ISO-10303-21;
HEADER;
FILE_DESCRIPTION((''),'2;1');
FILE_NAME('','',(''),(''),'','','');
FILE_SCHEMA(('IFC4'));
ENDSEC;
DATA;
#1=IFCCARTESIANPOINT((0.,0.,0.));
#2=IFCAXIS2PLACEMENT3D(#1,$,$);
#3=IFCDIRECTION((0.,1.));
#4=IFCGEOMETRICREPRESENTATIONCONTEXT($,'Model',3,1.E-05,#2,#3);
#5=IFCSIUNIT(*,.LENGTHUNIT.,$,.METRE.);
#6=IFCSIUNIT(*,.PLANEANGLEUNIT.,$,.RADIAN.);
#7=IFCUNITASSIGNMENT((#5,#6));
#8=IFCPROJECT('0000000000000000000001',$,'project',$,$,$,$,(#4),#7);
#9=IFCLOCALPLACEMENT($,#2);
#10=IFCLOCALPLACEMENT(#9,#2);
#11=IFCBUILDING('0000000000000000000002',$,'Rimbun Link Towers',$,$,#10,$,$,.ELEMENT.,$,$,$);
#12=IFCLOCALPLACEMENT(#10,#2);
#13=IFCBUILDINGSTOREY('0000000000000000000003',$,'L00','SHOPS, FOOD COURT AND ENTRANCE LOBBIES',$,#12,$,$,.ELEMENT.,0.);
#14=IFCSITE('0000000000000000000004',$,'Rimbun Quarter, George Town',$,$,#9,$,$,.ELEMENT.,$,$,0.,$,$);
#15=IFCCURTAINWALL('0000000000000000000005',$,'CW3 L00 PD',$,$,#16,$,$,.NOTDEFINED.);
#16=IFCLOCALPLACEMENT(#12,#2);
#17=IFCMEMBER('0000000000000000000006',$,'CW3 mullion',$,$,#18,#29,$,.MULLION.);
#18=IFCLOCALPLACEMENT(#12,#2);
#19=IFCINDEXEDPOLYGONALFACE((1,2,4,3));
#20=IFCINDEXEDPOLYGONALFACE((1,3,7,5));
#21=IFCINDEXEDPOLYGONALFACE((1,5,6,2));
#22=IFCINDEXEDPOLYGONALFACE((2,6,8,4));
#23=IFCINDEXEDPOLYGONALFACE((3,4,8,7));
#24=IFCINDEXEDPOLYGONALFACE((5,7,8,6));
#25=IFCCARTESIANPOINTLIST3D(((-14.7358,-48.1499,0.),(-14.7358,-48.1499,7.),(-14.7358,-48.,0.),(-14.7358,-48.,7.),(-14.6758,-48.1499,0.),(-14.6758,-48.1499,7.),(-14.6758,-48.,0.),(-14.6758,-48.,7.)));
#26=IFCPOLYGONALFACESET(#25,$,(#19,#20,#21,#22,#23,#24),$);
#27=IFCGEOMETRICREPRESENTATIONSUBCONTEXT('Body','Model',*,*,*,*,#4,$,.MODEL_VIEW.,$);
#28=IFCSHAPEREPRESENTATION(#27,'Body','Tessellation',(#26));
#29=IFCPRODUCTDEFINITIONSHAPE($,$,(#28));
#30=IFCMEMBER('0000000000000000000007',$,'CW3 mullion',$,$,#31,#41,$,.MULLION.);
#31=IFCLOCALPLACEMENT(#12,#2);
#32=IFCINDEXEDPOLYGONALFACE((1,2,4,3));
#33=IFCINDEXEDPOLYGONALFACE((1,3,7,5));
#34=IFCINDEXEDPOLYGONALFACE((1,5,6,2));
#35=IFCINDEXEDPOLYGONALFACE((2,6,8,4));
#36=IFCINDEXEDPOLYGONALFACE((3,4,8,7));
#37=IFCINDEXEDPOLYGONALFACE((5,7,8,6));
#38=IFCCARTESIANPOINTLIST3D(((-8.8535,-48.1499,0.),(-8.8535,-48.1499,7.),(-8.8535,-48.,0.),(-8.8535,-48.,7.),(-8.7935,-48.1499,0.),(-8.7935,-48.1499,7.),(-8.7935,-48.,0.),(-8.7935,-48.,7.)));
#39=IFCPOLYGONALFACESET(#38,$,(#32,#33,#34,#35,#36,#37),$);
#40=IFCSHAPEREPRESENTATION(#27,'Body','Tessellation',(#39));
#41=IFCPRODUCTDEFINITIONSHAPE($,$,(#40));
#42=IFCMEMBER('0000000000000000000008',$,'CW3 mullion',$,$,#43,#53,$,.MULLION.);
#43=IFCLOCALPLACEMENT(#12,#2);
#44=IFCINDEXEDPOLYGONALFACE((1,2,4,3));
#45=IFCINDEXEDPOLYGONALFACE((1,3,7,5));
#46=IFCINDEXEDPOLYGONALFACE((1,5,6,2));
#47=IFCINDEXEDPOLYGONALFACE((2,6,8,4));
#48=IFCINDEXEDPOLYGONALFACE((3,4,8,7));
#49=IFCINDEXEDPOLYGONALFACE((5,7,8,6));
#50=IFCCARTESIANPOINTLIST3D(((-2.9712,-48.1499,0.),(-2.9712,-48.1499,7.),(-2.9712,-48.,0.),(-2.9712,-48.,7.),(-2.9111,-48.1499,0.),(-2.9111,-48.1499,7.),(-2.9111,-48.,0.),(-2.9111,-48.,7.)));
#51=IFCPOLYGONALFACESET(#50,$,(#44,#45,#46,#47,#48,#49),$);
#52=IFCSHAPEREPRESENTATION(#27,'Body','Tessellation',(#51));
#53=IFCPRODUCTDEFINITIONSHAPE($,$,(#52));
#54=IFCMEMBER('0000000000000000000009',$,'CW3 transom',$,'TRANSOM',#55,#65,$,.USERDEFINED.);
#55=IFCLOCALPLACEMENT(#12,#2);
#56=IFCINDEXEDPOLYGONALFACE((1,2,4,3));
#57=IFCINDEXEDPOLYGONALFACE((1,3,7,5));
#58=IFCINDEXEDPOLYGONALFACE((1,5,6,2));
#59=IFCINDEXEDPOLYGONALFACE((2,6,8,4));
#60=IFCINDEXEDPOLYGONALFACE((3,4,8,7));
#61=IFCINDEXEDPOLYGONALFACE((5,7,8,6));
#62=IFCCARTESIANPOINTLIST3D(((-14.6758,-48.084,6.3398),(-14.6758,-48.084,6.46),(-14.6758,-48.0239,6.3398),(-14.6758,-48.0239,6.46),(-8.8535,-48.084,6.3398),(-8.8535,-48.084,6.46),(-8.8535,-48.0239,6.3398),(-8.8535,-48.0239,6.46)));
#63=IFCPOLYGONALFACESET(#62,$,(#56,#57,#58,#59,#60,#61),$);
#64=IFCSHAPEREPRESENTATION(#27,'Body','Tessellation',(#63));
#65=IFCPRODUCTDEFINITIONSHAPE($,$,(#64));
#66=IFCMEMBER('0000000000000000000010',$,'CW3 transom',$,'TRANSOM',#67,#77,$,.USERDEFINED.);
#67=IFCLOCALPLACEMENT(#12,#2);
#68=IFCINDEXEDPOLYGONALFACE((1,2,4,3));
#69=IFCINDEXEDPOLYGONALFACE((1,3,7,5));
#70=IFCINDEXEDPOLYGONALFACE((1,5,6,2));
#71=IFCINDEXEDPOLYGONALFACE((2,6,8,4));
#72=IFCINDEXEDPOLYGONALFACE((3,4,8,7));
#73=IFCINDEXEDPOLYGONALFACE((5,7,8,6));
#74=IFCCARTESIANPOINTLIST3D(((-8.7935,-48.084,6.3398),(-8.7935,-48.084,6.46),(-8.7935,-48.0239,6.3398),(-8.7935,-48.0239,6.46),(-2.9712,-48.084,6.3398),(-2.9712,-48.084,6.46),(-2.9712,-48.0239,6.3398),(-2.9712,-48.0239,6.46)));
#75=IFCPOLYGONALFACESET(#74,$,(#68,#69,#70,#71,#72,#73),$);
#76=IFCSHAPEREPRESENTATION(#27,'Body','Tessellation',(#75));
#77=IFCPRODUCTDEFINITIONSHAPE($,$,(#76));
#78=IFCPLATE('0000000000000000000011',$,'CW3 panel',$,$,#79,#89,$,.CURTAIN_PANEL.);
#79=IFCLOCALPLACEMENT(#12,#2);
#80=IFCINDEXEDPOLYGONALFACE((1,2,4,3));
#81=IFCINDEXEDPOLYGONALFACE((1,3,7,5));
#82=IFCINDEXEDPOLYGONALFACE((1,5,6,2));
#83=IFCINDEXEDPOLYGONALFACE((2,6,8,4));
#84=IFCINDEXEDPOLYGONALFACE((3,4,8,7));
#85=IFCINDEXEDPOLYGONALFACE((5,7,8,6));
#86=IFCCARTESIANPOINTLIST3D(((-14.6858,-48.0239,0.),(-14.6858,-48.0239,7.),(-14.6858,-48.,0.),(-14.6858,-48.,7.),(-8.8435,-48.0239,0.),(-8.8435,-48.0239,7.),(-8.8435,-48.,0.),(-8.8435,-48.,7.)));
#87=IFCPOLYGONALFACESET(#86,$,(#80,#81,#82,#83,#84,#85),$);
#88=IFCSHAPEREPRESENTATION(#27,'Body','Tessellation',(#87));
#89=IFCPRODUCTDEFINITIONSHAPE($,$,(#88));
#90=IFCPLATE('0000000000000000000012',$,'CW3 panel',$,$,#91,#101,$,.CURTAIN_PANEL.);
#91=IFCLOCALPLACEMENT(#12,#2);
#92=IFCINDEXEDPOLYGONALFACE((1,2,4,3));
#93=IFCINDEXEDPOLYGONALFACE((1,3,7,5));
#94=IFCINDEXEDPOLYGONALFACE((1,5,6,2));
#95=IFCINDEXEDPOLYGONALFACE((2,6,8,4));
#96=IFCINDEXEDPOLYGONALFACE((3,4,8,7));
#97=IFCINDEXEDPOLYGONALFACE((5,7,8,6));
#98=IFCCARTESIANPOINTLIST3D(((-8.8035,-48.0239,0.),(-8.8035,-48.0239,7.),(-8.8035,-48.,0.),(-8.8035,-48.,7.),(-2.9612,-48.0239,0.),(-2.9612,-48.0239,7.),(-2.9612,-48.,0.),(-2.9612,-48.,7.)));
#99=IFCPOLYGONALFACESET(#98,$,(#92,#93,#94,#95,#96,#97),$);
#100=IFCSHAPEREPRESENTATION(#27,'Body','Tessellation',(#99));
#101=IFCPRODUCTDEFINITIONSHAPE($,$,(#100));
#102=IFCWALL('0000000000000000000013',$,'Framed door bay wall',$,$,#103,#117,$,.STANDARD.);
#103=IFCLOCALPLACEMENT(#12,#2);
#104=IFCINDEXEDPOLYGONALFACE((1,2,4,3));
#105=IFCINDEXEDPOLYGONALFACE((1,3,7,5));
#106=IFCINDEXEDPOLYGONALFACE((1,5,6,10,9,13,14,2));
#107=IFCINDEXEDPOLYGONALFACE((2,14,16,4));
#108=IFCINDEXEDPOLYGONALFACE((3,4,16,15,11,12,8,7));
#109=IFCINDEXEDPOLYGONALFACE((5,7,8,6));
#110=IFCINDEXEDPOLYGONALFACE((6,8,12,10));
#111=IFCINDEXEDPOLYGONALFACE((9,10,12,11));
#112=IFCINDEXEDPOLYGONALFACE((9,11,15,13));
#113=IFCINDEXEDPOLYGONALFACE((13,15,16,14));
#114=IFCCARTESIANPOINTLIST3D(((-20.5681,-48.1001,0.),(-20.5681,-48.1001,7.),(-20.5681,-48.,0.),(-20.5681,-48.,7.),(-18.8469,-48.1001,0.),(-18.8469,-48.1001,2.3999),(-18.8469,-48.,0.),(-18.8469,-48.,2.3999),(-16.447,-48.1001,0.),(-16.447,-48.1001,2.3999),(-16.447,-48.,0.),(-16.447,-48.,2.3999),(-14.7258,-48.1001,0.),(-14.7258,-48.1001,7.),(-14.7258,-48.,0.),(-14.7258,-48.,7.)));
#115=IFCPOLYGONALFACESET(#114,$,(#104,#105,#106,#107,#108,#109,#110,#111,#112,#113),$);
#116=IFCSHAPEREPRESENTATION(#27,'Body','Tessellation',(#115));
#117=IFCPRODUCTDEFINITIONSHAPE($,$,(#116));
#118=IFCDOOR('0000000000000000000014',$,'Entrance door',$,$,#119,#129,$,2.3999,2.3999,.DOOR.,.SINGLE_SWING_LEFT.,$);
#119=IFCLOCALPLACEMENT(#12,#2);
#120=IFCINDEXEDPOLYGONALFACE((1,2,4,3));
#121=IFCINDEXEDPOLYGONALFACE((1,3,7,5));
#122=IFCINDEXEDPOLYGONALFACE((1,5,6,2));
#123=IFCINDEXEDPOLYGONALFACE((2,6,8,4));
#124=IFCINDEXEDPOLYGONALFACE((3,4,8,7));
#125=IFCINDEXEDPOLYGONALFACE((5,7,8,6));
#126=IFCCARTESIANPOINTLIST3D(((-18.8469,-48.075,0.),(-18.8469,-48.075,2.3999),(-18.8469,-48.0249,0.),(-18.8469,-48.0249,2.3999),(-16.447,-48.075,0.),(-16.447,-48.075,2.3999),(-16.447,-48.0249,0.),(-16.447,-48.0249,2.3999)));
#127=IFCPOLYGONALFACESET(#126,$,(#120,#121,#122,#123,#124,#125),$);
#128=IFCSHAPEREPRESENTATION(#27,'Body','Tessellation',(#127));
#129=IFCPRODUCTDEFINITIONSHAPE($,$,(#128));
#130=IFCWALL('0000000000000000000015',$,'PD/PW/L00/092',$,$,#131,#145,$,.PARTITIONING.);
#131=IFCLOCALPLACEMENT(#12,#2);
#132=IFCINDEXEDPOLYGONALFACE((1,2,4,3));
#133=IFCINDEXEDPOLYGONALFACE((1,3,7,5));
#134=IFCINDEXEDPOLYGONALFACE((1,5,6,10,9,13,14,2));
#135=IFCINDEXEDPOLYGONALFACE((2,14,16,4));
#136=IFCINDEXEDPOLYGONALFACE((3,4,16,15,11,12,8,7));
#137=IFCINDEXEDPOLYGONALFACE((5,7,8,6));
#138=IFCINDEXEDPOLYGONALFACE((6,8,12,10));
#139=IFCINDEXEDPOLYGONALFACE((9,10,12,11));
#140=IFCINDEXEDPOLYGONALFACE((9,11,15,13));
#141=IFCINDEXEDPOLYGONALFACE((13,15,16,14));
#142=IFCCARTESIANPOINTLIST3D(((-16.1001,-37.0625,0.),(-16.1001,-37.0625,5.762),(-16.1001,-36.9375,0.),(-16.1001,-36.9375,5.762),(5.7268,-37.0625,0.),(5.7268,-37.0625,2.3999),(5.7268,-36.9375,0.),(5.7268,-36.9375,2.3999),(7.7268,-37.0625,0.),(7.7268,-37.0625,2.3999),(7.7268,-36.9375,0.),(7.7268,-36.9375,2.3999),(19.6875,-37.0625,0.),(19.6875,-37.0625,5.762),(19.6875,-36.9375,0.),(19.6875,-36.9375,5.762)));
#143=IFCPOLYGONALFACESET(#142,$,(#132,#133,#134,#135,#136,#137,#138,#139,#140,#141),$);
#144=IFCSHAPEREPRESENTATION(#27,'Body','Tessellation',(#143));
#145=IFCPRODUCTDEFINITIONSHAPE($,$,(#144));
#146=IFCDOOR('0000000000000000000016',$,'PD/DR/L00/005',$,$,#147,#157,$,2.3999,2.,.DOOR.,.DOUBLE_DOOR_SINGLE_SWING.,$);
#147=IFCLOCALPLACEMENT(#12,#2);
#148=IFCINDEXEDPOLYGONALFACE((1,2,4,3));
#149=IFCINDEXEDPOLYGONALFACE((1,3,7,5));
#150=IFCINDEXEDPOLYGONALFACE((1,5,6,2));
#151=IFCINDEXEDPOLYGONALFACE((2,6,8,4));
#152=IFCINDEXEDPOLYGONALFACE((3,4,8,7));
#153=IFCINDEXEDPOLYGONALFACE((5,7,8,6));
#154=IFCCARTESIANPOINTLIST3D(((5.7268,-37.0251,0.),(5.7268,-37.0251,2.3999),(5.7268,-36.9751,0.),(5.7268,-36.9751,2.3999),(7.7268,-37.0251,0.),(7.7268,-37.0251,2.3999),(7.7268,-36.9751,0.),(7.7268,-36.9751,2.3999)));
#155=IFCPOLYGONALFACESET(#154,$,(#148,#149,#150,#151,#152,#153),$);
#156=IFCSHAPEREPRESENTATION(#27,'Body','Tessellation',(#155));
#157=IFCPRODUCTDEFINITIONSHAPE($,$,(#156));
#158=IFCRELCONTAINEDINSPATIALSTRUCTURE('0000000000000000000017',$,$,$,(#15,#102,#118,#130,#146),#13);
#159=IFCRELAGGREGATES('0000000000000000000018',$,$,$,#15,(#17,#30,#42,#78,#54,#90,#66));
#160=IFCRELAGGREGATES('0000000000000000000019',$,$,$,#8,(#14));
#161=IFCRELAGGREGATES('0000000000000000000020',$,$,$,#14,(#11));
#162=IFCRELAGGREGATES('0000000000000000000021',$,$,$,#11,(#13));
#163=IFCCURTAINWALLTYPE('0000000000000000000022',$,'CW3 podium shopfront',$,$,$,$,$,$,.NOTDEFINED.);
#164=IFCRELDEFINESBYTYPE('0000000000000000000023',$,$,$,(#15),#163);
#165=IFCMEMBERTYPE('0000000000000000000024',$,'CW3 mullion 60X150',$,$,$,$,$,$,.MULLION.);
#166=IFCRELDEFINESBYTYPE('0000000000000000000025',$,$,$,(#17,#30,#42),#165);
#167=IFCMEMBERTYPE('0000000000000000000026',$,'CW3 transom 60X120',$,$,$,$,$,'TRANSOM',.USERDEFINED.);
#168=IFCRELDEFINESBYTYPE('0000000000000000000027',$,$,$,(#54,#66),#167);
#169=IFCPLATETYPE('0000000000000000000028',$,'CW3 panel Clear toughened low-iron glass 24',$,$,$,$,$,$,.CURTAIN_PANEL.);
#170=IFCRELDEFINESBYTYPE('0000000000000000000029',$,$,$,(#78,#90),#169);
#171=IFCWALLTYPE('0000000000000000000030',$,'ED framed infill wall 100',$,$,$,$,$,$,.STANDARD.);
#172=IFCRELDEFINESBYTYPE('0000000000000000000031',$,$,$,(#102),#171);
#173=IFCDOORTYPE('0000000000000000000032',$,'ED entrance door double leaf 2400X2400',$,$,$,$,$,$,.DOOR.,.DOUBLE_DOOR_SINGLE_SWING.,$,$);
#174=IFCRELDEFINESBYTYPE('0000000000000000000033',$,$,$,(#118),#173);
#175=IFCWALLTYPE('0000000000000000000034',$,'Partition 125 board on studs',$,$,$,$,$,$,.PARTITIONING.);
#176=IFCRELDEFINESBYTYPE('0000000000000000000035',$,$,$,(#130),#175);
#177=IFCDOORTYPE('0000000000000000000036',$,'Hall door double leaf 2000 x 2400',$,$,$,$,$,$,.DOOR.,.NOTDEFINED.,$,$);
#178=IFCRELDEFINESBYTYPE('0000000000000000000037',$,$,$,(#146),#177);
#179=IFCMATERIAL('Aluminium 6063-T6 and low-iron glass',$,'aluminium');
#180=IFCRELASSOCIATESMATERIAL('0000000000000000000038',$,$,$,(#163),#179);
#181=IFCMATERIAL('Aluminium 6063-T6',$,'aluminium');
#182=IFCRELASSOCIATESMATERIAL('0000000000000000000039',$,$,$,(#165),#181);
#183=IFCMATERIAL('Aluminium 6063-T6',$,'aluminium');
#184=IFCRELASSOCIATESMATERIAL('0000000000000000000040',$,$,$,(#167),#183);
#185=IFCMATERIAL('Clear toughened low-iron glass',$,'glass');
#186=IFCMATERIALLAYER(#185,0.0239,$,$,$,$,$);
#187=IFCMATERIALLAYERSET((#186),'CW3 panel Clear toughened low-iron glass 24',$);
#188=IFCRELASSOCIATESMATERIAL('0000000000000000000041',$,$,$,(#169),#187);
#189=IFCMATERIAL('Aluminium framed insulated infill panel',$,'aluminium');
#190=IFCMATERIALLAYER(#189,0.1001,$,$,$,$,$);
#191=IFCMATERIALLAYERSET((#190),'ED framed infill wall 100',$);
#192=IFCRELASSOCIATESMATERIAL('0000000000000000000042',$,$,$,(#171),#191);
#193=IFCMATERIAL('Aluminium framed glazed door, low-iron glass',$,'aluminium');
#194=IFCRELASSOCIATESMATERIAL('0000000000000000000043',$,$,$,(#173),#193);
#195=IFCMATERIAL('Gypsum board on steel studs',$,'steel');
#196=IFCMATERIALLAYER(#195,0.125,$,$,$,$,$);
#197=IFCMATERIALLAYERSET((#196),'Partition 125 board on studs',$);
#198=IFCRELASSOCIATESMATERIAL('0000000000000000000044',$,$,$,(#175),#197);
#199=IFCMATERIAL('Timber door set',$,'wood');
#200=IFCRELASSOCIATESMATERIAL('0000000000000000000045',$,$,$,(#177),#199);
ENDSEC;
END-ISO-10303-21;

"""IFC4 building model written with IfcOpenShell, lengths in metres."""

from ifc_helpers import new_model, si_unit, direction, frame, frame_2d, origin, origin_2d, place, context, subcontext, project, spatial, rectangle, extrude, material, layer, layer_set, material_profile, profile_set, type_object, element, fill, aggregate, save


model = new_model("IFC4")

# Units and contexts
model_context = context("Model", 3, precision=1e-05, world=origin(), true_north=direction((0.0, 1.0)))
body_context = subcontext(model_context, "Body", "Model", "MODEL_VIEW")
ifc_project = project(units=[si_unit("LENGTHUNIT", "METRE"), si_unit("PLANEANGLEUNIT", "RADIAN")], contexts=[model_context])

# Site, building, storey
site_placement = place(None, origin())
site = spatial("IfcSite", under=ifc_project, at=site_placement, Name="Rimbun Quarter, George Town", CompositionType="ELEMENT", RefElevation=0.0)
building_placement = place(site_placement, origin())
building = spatial("IfcBuilding", under=site, at=building_placement, Name="Rimbun Link Towers", CompositionType="ELEMENT")
storey_placement = place(building_placement, origin())
storey = spatial("IfcBuildingStorey", under=building, at=storey_placement, Name="L00", Description="SHOPS, FOOD COURT AND ENTRANCE LOBBIES", CompositionType="ELEMENT", Elevation=0.0)

# Curtain wall, members, plates
ifc_material_1 = material(Name="Aluminium 6063-T6 and low-iron glass", Category="aluminium")
curtain_wall_type = type_object("IfcCurtainWallType", Name="CW3 podium shopfront", PredefinedType="NOTDEFINED", material=ifc_material_1)
curtain_wall_placement = place(storey_placement, origin())
curtain_wall = element("IfcCurtainWall", 1, at=curtain_wall_placement, inside=storey, type_object=curtain_wall_type, Name="CW3 L00 PD", PredefinedType="NOTDEFINED")
ifc_material_2 = material(Name="Aluminium 6063-T6", Category="aluminium")
ifc_material_profile_1 = material_profile(ifc_material_2, rectangle(XDim=0.1499, YDim=0.0601, at=origin_2d()), Name="MULLION 60X150")
ifc_profile_set_1 = profile_set([ifc_material_profile_1], Name="Aluminium 6063-T6")
member_type_1 = type_object("IfcMemberType", Name="CW3 mullion 60X150", PredefinedType="MULLION", material=ifc_profile_set_1)
member_1_placement = place(storey_placement, frame((-14.7058, -48.075, 0.0), z_axis=(0.0, 0.0, 1.0), x_axis=(0.0, -1.0, 0.0)))
member_1 = element("IfcMember", 2, at=member_1_placement, type_object=member_type_1, Name="CW3 mullion", PredefinedType="MULLION", context=body_context, shape_type="SweptSolid", body=[
    extrude(rectangle(XDim=0.1499, YDim=0.0601, at=origin_2d()), origin(), (0.0, 0.0, 1.0), 7.0),
])
member_2_placement = place(storey_placement, frame((-8.8235, -48.075, 0.0), z_axis=(0.0, 0.0, 1.0), x_axis=(0.0, -1.0, 0.0)))
member_2 = element("IfcMember", 3, at=member_2_placement, type_object=member_type_1, Name="CW3 mullion", PredefinedType="MULLION", context=body_context, shape_type="SweptSolid", body=[
    extrude(rectangle(XDim=0.1499, YDim=0.0601, at=origin_2d()), origin(), (0.0, 0.0, 1.0), 7.0),
])
member_3_placement = place(storey_placement, frame((-2.9412, -48.075, 0.0), z_axis=(0.0, 0.0, 1.0), x_axis=(0.0, -1.0, 0.0)))
member_3 = element("IfcMember", 4, at=member_3_placement, type_object=member_type_1, Name="CW3 mullion", PredefinedType="MULLION", context=body_context, shape_type="SweptSolid", body=[
    extrude(rectangle(XDim=0.1499, YDim=0.0601, at=origin_2d()), origin(), (0.0, 0.0, 1.0), 7.0),
])
ifc_material_3 = material(Name="Aluminium 6063-T6", Category="aluminium")
ifc_material_profile_2 = material_profile(ifc_material_3, rectangle(XDim=0.0601, YDim=0.1201, at=origin_2d()), Name="TRANSOM 60X120")
ifc_profile_set_2 = profile_set([ifc_material_profile_2], Name="Aluminium 6063-T6")
member_type_2 = type_object("IfcMemberType", Name="CW3 transom 60X120", ElementType="TRANSOM", PredefinedType="USERDEFINED", material=ifc_profile_set_2)
member_4_placement = place(storey_placement, frame((-8.8535, -48.054, 6.3999), z_axis=(-1.0, 0.0, 0.0), x_axis=(0.0, -1.0, 0.0)))
member_4 = element("IfcMember", 5, at=member_4_placement, type_object=member_type_2, Name="CW3 transom", ObjectType="TRANSOM", PredefinedType="USERDEFINED", context=body_context, shape_type="SweptSolid", body=[
    extrude(rectangle(XDim=0.0601, YDim=0.1201, at=origin_2d()), origin(), (0.0, 0.0, 1.0), 5.8223),
])
member_5_placement = place(storey_placement, frame((-2.9712, -48.054, 6.3999), z_axis=(-1.0, 0.0, 0.0), x_axis=(0.0, -1.0, 0.0)))
member_5 = element("IfcMember", 6, at=member_5_placement, type_object=member_type_2, Name="CW3 transom", ObjectType="TRANSOM", PredefinedType="USERDEFINED", context=body_context, shape_type="SweptSolid", body=[
    extrude(rectangle(XDim=0.0601, YDim=0.1201, at=origin_2d()), origin(), (0.0, 0.0, 1.0), 5.8223),
])
ifc_material_4 = material(Name="Clear toughened low-iron glass", Category="glass")
ifc_layer_1 = layer(ifc_material_4, 0.0239)
ifc_layer_set_1 = layer_set([ifc_layer_1], Name="CW3 panel Clear toughened low-iron glass 24")
plate_type = type_object("IfcPlateType", Name="CW3 panel Clear toughened low-iron glass 24", PredefinedType="CURTAIN_PANEL", material=ifc_layer_set_1)
plate_1_placement = place(storey_placement, frame((-11.7646, -48.012, 0.0), z_axis=(0.0, 0.0, 1.0), x_axis=(-1.0, 0.0, 0.0)))
plate_1 = element("IfcPlate", 7, at=plate_1_placement, type_object=plate_type, Name="CW3 panel", PredefinedType="CURTAIN_PANEL", context=body_context, shape_type="SweptSolid", body=[
    extrude(rectangle(XDim=5.8423, YDim=0.0239, at=origin_2d()), origin(), (0.0, 0.0, 1.0), 7.0),
])
plate_2_placement = place(storey_placement, frame((-5.8823, -48.012, 0.0), z_axis=(0.0, 0.0, 1.0), x_axis=(-1.0, 0.0, 0.0)))
plate_2 = element("IfcPlate", 8, at=plate_2_placement, type_object=plate_type, Name="CW3 panel", PredefinedType="CURTAIN_PANEL", context=body_context, shape_type="SweptSolid", body=[
    extrude(rectangle(XDim=5.8423, YDim=0.0239, at=origin_2d()), origin(), (0.0, 0.0, 1.0), 7.0),
])
aggregate(curtain_wall, [member_1, member_2, member_3, plate_1, member_4, plate_2, member_5])

# Walls, openings, doors
ifc_material_5 = material(Name="Aluminium framed insulated infill panel", Category="aluminium")
ifc_layer_2 = layer(ifc_material_5, 0.1001)
ifc_layer_set_2 = layer_set([ifc_layer_2], Name="ED framed infill wall 100")
wall_type_1 = type_object("IfcWallType", Name="ED framed infill wall 100", PredefinedType="STANDARD", material=ifc_layer_set_2)
wall_1_placement = place(storey_placement, frame((-14.7258, -48.05, 0.0), z_axis=(0.0, 0.0, 1.0), x_axis=(-1.0, 0.0, 0.0)))
wall_1 = element("IfcWall", 9, at=wall_1_placement, inside=storey, type_object=wall_type_1, Name="Framed door bay wall", PredefinedType="STANDARD", context=body_context, shape_type="SweptSolid", body=[
    extrude(rectangle(XDim=5.8423, YDim=0.1001, at=frame_2d((2.9211, 0.0))), origin(), (0.0, 0.0, 1.0), 7.0),
])
opening_1_placement = place(wall_1_placement, frame((1.7212, 0.0, 0.0)))
opening_1 = element("IfcOpeningElement", 10, at=opening_1_placement, cuts=wall_1, PredefinedType="OPENING", context=body_context, shape_type="SweptSolid", body=[
    extrude(rectangle(XDim=2.3999, YDim=2.3999, at=frame_2d((1.2, 1.2))), frame((0.0, 0.0601, 0.0), z_axis=(0.0, -1.0, 0.0), x_axis=(1.0, 0.0, 0.0)), (0.0, 0.0, 1.0), 0.1201),
])
ifc_material_6 = material(Name="Aluminium framed glazed door, low-iron glass", Category="aluminium")
door_type_1 = type_object("IfcDoorType", Name="ED entrance door double leaf 2400X2400", OperationType="DOUBLE_DOOR_SINGLE_SWING", PredefinedType="DOOR", material=ifc_material_6)
door_1_placement = place(opening_1_placement, origin())
door_1 = element("IfcDoor", 11, at=door_1_placement, inside=storey, type_object=door_type_1, Name="Entrance door", OperationType="SINGLE_SWING_LEFT", OverallHeight=2.3999, OverallWidth=2.3999, PredefinedType="DOOR", context=body_context, shape_type="SweptSolid", body=[
    extrude(rectangle(XDim=2.3999, YDim=2.3999, at=frame_2d((1.2, 1.2))), frame((0.0, 0.0249, 0.0), z_axis=(0.0, -1.0, 0.0), x_axis=(1.0, 0.0, 0.0)), (0.0, 0.0, 1.0), 0.05),
])
fill(opening_1, door_1)
ifc_material_7 = material(Name="Gypsum board on steel studs", Category="steel")
ifc_layer_3 = layer(ifc_material_7, 0.125)
ifc_layer_set_3 = layer_set([ifc_layer_3], Name="Partition 125 board on studs")
wall_type_2 = type_object("IfcWallType", Name="Partition 125 board on studs", PredefinedType="PARTITIONING", material=ifc_layer_set_3)
wall_2_placement = place(storey_placement, frame((-16.1001, -37.0, 0.0), z_axis=(0.0, 0.0, 1.0), x_axis=(1.0, 0.0, 0.0)))
wall_2 = element("IfcWall", 12, at=wall_2_placement, inside=storey, type_object=wall_type_2, Name="PD/PW/L00/092", PredefinedType="PARTITIONING", context=body_context, shape_type="SweptSolid", body=[
    extrude(rectangle(XDim=35.7876, YDim=0.125, at=frame_2d((17.8938, 0.0))), origin(), (0.0, 0.0, 1.0), 5.762),
])
opening_2_placement = place(wall_2_placement, frame((21.8269, 0.0, 0.0)))
opening_2 = element("IfcOpeningElement", 13, at=opening_2_placement, cuts=wall_2, PredefinedType="OPENING", context=body_context, shape_type="SweptSolid", body=[
    extrude(rectangle(XDim=2.0, YDim=2.3999, at=frame_2d((1.0, 1.2))), frame((0.0, 0.0725, 0.0), z_axis=(0.0, -1.0, 0.0), x_axis=(1.0, 0.0, 0.0)), (0.0, 0.0, 1.0), 0.145),
])
ifc_material_8 = material(Name="Timber door set", Category="wood")
door_type_2 = type_object("IfcDoorType", Name="Hall door double leaf 2000 x 2400", OperationType="NOTDEFINED", PredefinedType="DOOR", material=ifc_material_8)
door_2_placement = place(opening_2_placement, origin())
door_2 = element("IfcDoor", 14, at=door_2_placement, inside=storey, type_object=door_type_2, Name="PD/DR/L00/005", OperationType="DOUBLE_DOOR_SINGLE_SWING", OverallHeight=2.3999, OverallWidth=2.0, PredefinedType="DOOR", context=body_context, shape_type="SweptSolid", body=[
    extrude(rectangle(XDim=2.0, YDim=2.3999, at=frame_2d((1.0, 1.2))), frame((0.0, 0.0249, 0.0), z_axis=(0.0, -1.0, 0.0), x_axis=(1.0, 0.0, 0.0)), (0.0, 0.0, 1.0), 0.05),
])
fill(opening_2, door_2)

save(model, "model.ifc")
